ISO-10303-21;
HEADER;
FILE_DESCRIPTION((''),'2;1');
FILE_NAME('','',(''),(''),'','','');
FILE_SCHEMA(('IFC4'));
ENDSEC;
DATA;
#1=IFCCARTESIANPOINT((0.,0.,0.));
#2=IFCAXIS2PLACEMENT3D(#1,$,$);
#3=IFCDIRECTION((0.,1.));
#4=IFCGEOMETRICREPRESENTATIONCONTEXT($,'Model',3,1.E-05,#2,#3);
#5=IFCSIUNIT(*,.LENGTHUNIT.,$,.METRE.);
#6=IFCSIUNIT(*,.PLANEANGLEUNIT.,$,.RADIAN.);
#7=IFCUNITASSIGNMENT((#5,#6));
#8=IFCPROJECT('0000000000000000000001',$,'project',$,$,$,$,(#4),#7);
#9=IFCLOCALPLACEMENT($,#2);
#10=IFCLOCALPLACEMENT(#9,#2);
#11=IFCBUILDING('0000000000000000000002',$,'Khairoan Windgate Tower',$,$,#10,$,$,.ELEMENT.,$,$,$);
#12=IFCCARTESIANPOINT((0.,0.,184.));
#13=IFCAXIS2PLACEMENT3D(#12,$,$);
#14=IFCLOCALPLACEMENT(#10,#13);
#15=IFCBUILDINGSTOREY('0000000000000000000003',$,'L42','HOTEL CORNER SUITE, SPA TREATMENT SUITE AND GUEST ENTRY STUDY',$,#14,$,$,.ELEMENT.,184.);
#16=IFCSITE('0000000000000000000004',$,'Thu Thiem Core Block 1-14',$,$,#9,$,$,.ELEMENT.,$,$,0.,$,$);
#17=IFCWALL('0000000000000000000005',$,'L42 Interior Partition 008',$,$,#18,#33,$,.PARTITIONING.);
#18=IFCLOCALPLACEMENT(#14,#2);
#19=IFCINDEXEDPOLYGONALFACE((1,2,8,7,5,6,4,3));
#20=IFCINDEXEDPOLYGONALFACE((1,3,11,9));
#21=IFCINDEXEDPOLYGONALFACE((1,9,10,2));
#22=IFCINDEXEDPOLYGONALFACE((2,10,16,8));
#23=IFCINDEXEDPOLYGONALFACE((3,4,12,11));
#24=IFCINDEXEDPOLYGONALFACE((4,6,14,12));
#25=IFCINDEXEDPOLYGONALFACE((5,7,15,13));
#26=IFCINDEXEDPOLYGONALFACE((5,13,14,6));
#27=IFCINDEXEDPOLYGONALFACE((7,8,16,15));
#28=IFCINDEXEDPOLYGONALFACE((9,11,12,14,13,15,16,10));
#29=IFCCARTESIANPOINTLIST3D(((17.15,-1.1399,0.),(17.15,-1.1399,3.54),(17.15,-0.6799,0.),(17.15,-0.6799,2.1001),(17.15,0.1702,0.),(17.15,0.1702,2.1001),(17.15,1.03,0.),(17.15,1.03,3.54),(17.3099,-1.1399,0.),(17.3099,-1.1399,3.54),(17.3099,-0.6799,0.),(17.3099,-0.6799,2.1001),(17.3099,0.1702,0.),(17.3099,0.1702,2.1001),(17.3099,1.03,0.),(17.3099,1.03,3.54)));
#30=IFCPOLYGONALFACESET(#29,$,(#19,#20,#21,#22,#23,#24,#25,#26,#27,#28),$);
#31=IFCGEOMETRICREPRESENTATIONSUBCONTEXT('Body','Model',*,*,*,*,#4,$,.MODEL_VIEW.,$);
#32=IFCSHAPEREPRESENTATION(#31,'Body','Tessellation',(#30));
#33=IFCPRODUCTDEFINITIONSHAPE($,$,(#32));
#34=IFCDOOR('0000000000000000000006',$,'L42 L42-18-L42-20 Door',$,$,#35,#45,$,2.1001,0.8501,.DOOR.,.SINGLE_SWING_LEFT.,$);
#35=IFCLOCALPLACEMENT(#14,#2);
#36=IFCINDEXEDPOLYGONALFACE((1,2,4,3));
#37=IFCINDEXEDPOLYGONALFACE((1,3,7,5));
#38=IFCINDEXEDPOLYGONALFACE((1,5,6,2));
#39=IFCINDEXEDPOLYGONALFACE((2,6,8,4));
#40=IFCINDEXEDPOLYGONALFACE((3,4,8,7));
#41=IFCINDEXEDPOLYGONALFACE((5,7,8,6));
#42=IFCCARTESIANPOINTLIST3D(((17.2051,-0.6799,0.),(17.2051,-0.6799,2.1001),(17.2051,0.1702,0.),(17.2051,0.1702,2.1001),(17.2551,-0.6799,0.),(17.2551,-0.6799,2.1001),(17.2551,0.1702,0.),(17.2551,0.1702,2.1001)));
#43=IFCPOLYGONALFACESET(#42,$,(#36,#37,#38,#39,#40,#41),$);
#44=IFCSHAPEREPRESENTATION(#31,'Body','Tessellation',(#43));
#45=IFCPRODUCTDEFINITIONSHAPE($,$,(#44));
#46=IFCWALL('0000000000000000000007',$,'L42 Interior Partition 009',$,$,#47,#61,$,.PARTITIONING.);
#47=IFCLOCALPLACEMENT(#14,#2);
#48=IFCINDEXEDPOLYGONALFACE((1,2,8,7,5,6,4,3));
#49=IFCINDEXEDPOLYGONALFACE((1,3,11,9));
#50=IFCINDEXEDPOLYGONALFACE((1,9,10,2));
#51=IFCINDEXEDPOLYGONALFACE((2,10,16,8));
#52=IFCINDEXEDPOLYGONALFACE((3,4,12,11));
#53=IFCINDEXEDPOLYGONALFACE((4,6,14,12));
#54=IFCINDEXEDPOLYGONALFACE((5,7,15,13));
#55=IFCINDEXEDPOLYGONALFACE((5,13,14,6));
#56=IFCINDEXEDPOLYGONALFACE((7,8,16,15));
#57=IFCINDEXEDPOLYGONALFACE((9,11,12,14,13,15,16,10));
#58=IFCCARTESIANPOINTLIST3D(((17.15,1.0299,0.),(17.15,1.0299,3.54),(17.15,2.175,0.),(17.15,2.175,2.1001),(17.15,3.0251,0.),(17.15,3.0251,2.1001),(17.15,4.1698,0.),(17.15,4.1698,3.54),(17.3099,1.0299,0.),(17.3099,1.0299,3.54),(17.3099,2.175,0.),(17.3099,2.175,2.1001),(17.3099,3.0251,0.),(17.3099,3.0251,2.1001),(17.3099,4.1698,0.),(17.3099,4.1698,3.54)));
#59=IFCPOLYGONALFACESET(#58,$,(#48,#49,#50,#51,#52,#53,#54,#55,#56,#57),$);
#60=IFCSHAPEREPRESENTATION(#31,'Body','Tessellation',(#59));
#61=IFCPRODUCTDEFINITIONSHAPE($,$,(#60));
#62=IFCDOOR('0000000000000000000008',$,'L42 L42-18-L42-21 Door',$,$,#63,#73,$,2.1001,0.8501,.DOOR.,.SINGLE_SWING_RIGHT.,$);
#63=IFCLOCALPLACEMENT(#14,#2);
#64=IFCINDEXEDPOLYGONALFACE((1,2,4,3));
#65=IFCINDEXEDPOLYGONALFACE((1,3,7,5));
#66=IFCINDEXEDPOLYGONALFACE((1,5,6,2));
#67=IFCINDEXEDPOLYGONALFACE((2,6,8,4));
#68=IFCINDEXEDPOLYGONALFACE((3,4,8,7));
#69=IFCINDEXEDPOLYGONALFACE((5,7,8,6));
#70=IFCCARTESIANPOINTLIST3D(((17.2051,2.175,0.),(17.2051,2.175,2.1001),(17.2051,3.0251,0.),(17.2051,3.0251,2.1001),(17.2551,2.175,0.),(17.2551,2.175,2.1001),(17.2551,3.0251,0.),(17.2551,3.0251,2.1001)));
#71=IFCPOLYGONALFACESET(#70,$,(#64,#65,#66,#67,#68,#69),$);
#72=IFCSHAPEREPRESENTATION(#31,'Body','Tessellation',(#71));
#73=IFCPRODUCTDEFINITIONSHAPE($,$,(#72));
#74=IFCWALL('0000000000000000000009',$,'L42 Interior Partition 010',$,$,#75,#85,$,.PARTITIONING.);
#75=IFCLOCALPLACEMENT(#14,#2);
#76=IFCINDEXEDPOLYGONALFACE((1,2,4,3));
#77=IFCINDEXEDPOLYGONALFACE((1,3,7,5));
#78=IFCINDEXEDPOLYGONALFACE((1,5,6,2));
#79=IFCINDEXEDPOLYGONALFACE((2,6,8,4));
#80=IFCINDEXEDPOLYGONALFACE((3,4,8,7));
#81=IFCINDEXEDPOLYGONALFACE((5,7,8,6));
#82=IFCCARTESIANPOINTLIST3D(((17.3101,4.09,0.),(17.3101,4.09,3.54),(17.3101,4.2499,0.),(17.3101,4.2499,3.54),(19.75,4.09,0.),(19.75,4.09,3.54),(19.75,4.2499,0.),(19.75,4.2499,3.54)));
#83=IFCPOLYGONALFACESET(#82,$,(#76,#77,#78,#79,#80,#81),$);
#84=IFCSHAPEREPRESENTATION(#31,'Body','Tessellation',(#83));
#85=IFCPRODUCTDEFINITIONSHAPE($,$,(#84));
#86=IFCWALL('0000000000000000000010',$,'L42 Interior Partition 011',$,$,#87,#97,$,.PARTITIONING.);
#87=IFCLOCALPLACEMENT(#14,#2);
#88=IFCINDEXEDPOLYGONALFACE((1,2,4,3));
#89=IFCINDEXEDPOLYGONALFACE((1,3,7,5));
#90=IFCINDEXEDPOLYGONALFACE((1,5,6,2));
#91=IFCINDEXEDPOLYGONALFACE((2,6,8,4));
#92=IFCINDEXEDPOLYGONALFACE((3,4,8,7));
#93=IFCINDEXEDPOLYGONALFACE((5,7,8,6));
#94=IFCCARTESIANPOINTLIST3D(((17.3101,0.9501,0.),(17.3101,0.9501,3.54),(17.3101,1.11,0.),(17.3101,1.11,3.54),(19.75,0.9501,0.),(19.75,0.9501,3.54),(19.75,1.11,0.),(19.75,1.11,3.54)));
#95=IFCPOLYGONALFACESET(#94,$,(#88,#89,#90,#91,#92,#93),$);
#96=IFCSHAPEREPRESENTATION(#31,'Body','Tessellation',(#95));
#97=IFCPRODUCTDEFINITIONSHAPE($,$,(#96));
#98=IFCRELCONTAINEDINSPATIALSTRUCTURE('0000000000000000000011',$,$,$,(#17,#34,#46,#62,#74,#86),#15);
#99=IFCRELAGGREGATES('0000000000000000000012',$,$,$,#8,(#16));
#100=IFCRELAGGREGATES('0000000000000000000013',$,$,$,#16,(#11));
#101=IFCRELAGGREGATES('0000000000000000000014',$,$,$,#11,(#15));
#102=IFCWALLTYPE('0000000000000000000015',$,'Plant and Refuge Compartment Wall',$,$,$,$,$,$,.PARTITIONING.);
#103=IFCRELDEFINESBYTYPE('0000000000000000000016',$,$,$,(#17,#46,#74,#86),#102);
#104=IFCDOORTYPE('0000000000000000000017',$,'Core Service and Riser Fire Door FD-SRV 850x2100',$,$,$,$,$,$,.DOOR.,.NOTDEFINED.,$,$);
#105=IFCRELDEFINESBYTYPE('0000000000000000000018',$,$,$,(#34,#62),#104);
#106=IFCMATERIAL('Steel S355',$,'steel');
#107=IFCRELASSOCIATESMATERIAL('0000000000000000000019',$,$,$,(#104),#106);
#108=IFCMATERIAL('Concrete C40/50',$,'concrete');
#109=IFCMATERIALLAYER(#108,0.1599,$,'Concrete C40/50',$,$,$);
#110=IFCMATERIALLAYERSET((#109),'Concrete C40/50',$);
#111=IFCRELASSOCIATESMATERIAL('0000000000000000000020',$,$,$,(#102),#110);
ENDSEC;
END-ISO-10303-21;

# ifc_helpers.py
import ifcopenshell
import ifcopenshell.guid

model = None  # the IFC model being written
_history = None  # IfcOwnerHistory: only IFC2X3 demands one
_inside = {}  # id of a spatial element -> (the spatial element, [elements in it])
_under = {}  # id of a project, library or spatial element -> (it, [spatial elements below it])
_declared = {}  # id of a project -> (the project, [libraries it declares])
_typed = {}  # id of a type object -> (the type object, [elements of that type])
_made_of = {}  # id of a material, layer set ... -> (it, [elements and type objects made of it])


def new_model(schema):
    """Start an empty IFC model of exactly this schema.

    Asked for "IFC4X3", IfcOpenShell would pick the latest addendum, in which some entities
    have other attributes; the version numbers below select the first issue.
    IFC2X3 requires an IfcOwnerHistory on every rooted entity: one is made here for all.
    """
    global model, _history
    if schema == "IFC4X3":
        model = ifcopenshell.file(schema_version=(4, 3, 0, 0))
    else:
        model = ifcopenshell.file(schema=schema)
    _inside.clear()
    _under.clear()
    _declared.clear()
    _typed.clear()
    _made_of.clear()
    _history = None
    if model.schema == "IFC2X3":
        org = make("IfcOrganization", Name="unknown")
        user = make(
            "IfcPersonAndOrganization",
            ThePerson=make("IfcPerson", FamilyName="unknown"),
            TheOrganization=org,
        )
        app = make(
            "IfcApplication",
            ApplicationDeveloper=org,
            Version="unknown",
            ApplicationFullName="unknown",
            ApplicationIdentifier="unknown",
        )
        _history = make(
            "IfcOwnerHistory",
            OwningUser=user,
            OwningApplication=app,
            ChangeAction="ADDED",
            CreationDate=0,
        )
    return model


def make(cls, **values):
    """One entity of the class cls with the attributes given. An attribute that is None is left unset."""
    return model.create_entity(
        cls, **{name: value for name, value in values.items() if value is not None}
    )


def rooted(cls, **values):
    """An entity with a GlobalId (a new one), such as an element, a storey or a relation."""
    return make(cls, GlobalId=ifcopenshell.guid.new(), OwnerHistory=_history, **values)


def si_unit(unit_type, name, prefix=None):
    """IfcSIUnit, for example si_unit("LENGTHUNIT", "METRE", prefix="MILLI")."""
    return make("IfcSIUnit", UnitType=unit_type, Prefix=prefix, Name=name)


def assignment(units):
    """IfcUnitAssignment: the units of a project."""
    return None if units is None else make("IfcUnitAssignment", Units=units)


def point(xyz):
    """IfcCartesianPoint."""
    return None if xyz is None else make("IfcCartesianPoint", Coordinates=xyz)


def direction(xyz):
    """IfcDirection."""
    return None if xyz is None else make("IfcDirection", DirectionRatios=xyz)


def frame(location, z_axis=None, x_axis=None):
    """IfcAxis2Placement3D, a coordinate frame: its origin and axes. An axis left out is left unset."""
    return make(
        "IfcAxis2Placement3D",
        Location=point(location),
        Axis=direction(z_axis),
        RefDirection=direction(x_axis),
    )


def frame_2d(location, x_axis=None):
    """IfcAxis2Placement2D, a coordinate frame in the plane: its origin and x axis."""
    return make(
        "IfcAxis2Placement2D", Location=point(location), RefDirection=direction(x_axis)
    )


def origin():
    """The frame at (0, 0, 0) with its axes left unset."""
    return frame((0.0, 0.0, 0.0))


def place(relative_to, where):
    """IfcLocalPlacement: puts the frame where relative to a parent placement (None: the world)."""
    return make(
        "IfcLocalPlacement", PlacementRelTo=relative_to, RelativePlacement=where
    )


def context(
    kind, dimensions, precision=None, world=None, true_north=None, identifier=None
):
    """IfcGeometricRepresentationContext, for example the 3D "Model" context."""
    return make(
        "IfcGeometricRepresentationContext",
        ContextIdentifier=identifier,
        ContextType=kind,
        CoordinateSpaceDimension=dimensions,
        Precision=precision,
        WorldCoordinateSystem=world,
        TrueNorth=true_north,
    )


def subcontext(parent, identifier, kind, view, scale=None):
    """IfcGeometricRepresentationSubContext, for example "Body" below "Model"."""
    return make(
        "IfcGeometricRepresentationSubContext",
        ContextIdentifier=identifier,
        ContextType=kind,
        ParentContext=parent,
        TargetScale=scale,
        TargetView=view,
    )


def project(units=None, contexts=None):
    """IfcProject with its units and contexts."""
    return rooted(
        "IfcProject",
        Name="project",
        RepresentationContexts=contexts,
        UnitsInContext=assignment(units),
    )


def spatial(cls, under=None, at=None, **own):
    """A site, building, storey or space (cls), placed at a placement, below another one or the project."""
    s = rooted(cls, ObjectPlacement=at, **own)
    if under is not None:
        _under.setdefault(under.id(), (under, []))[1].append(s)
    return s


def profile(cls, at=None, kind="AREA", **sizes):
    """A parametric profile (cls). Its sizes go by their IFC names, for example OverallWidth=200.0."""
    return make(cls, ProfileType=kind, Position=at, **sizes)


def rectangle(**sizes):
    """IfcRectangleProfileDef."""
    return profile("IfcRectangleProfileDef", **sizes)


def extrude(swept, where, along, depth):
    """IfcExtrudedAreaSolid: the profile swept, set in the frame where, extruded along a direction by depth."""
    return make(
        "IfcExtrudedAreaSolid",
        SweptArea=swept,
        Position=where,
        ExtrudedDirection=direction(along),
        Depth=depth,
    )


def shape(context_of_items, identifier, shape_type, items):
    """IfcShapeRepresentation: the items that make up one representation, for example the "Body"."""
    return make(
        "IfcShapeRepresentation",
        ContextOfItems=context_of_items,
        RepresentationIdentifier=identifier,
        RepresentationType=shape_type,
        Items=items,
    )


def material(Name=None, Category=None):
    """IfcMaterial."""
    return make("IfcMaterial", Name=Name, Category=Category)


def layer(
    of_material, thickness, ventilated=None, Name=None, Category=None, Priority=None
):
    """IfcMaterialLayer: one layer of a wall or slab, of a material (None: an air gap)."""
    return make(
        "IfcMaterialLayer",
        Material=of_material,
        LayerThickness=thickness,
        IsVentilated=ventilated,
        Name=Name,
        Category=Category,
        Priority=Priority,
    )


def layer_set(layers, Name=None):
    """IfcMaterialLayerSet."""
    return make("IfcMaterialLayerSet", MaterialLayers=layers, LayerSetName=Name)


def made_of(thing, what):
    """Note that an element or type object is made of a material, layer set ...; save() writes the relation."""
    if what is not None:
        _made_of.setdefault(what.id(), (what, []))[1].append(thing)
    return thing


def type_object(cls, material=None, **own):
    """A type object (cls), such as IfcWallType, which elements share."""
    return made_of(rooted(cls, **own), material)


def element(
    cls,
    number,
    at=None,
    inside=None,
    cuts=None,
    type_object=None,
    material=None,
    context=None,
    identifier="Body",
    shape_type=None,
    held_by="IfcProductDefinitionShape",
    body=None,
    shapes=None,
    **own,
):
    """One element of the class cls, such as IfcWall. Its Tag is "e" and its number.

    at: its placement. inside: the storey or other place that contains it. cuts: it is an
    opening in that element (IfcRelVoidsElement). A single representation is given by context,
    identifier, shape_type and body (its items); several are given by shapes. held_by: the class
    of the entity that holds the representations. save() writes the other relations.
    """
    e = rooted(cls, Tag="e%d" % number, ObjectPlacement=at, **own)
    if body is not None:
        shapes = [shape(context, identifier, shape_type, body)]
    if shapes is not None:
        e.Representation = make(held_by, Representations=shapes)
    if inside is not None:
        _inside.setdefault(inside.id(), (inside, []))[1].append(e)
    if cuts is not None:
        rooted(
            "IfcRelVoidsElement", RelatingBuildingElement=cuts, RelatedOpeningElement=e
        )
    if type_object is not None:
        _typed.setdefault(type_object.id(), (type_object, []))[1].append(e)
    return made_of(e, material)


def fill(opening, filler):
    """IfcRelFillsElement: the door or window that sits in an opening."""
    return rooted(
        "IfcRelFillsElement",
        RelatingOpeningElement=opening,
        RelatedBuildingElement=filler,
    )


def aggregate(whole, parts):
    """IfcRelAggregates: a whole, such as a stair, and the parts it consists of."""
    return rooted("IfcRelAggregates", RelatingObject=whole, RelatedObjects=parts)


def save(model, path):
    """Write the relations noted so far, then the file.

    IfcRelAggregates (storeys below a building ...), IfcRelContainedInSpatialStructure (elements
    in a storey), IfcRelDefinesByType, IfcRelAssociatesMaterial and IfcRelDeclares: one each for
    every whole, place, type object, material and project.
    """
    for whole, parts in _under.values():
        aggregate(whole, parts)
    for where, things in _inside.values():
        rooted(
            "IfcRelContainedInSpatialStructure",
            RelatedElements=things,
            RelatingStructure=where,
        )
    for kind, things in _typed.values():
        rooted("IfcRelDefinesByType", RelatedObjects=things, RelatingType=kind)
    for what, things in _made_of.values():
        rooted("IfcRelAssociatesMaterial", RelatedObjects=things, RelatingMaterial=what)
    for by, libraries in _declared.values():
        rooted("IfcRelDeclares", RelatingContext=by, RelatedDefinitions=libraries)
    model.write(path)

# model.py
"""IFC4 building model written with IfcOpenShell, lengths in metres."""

from ifc_helpers import new_model, si_unit, direction, frame, frame_2d, origin, place, context, subcontext, project, spatial, rectangle, extrude, material, layer, layer_set, type_object, element, fill, save


model = new_model("IFC4")

# Units and contexts
model_context = context("Model", 3, precision=1e-05, world=origin(), true_north=direction((0.0, 1.0)))
body_context = subcontext(model_context, "Body", "Model", "MODEL_VIEW")
ifc_project = project(units=[si_unit("LENGTHUNIT", "METRE"), si_unit("PLANEANGLEUNIT", "RADIAN")], contexts=[model_context])

# Site, building, storey
site_placement = place(None, origin())
site = spatial("IfcSite", under=ifc_project, at=site_placement, Name="Thu Thiem Core Block 1-14", CompositionType="ELEMENT", RefElevation=0.0)
building_placement = place(site_placement, origin())
building = spatial("IfcBuilding", under=site, at=building_placement, Name="Khairoan Windgate Tower", CompositionType="ELEMENT")
storey_placement = place(building_placement, frame((0.0, 0.0, 184.0)))
storey = spatial("IfcBuildingStorey", under=building, at=storey_placement, Name="L42", Description="HOTEL CORNER SUITE, SPA TREATMENT SUITE AND GUEST ENTRY STUDY", CompositionType="ELEMENT", Elevation=184.0)

# Walls, openings, doors
ifc_material_1 = material(Name="Steel S355", Category="steel")
door_type = type_object("IfcDoorType", Name="Core Service and Riser Fire Door FD-SRV 850x2100", OperationType="NOTDEFINED", PredefinedType="DOOR", material=ifc_material_1)
ifc_material_2 = material(Name="Concrete C40/50", Category="concrete")
ifc_layer_1 = layer(ifc_material_2, 0.1599, Name="Concrete C40/50")
ifc_layer_set_1 = layer_set([ifc_layer_1], Name="Concrete C40/50")
wall_type_1 = type_object("IfcWallType", Name="Plant and Refuge Compartment Wall", PredefinedType="PARTITIONING", material=ifc_layer_set_1)
wall_1_placement = place(storey_placement, frame((17.23, -1.1399, 0.0), z_axis=(0.0, 0.0, 1.0), x_axis=(0.0, 1.0, 0.0)))
wall_1 = element("IfcWall", 1, at=wall_1_placement, inside=storey, type_object=wall_type_1, Name="L42 Interior Partition 008", PredefinedType="PARTITIONING", context=body_context, shape_type="SweptSolid", body=[
    extrude(rectangle(XDim=2.1699, YDim=0.1599, at=frame_2d((1.085, 0.0))), origin(), (0.0, 0.0, 1.0), 3.54),
])
opening_1_placement = place(wall_1_placement, frame((0.46, 0.0, 0.0)))
opening_1 = element("IfcOpeningElement", 2, at=opening_1_placement, cuts=wall_1, PredefinedType="OPENING", context=body_context, shape_type="SweptSolid", body=[
    extrude(rectangle(XDim=0.8501, YDim=2.1001, at=frame_2d((0.425, 1.05))), frame((0.0, 0.0898, 0.0), z_axis=(0.0, -1.0, 0.0), x_axis=(1.0, 0.0, 0.0)), (0.0, 0.0, 1.0), 0.1799),
])
door_1_placement = place(opening_1_placement, origin())
door_1 = element("IfcDoor", 3, at=door_1_placement, inside=storey, type_object=door_type, Name="L42 L42-18-L42-20 Door", OperationType="SINGLE_SWING_LEFT", OverallHeight=2.1001, OverallWidth=0.8501, PredefinedType="DOOR", context=body_context, shape_type="SweptSolid", body=[
    extrude(rectangle(XDim=0.8501, YDim=2.1001, at=frame_2d((0.425, 1.05))), frame((0.0, 0.0249, 0.0), z_axis=(0.0, -1.0, 0.0), x_axis=(1.0, 0.0, 0.0)), (0.0, 0.0, 1.0), 0.05),
])
fill(opening_1, door_1)
wall_2_placement = place(storey_placement, frame((17.23, 1.03, 0.0), z_axis=(0.0, 0.0, 1.0), x_axis=(0.0, 1.0, 0.0)))
wall_2 = element("IfcWall", 4, at=wall_2_placement, inside=storey, type_object=wall_type_1, Name="L42 Interior Partition 009", PredefinedType="PARTITIONING", context=body_context, shape_type="SweptSolid", body=[
    extrude(rectangle(XDim=3.1399, YDim=0.1599, at=frame_2d((1.5698, 0.0))), origin(), (0.0, 0.0, 1.0), 3.54),
])
opening_2_placement = place(wall_2_placement, frame((1.145, 0.0, 0.0)))
opening_2 = element("IfcOpeningElement", 5, at=opening_2_placement, cuts=wall_2, PredefinedType="OPENING", context=body_context, shape_type="SweptSolid", body=[
    extrude(rectangle(XDim=0.8501, YDim=2.1001, at=frame_2d((0.425, 1.05))), frame((0.0, 0.0898, 0.0), z_axis=(0.0, -1.0, 0.0), x_axis=(1.0, 0.0, 0.0)), (0.0, 0.0, 1.0), 0.1799),
])
door_2_placement = place(opening_2_placement, origin())
door_2 = element("IfcDoor", 6, at=door_2_placement, inside=storey, type_object=door_type, Name="L42 L42-18-L42-21 Door", OperationType="SINGLE_SWING_RIGHT", OverallHeight=2.1001, OverallWidth=0.8501, PredefinedType="DOOR", context=body_context, shape_type="SweptSolid", body=[
    extrude(rectangle(XDim=0.8501, YDim=2.1001, at=frame_2d((0.425, 1.05))), frame((0.0, 0.0249, 0.0), z_axis=(0.0, -1.0, 0.0), x_axis=(1.0, 0.0, 0.0)), (0.0, 0.0, 1.0), 0.05),
])
fill(opening_2, door_2)

# Walls
for number, where, z_axis, x_axis, name in (
    (7, (17.3101, 4.1699, 0.0), (0.0, 0.0, 1.0), (1.0, 0.0, 0.0), "L42 Interior Partition 010"),
    (8, (17.3101, 1.03, 0.0), (0.0, 0.0, 1.0), (1.0, 0.0, 0.0), "L42 Interior Partition 011"),
):
    element("IfcWall", number, at=place(storey_placement, frame(where, z_axis=z_axis, x_axis=x_axis)), inside=storey, type_object=wall_type_1, Name=name, PredefinedType="PARTITIONING", context=body_context, shape_type="SweptSolid", body=[
        extrude(rectangle(XDim=2.4399, YDim=0.1599, at=frame_2d((1.22, 0.0))), origin(), (0.0, 0.0, 1.0), 3.54),
    ])

save(model, "model.ifc")
